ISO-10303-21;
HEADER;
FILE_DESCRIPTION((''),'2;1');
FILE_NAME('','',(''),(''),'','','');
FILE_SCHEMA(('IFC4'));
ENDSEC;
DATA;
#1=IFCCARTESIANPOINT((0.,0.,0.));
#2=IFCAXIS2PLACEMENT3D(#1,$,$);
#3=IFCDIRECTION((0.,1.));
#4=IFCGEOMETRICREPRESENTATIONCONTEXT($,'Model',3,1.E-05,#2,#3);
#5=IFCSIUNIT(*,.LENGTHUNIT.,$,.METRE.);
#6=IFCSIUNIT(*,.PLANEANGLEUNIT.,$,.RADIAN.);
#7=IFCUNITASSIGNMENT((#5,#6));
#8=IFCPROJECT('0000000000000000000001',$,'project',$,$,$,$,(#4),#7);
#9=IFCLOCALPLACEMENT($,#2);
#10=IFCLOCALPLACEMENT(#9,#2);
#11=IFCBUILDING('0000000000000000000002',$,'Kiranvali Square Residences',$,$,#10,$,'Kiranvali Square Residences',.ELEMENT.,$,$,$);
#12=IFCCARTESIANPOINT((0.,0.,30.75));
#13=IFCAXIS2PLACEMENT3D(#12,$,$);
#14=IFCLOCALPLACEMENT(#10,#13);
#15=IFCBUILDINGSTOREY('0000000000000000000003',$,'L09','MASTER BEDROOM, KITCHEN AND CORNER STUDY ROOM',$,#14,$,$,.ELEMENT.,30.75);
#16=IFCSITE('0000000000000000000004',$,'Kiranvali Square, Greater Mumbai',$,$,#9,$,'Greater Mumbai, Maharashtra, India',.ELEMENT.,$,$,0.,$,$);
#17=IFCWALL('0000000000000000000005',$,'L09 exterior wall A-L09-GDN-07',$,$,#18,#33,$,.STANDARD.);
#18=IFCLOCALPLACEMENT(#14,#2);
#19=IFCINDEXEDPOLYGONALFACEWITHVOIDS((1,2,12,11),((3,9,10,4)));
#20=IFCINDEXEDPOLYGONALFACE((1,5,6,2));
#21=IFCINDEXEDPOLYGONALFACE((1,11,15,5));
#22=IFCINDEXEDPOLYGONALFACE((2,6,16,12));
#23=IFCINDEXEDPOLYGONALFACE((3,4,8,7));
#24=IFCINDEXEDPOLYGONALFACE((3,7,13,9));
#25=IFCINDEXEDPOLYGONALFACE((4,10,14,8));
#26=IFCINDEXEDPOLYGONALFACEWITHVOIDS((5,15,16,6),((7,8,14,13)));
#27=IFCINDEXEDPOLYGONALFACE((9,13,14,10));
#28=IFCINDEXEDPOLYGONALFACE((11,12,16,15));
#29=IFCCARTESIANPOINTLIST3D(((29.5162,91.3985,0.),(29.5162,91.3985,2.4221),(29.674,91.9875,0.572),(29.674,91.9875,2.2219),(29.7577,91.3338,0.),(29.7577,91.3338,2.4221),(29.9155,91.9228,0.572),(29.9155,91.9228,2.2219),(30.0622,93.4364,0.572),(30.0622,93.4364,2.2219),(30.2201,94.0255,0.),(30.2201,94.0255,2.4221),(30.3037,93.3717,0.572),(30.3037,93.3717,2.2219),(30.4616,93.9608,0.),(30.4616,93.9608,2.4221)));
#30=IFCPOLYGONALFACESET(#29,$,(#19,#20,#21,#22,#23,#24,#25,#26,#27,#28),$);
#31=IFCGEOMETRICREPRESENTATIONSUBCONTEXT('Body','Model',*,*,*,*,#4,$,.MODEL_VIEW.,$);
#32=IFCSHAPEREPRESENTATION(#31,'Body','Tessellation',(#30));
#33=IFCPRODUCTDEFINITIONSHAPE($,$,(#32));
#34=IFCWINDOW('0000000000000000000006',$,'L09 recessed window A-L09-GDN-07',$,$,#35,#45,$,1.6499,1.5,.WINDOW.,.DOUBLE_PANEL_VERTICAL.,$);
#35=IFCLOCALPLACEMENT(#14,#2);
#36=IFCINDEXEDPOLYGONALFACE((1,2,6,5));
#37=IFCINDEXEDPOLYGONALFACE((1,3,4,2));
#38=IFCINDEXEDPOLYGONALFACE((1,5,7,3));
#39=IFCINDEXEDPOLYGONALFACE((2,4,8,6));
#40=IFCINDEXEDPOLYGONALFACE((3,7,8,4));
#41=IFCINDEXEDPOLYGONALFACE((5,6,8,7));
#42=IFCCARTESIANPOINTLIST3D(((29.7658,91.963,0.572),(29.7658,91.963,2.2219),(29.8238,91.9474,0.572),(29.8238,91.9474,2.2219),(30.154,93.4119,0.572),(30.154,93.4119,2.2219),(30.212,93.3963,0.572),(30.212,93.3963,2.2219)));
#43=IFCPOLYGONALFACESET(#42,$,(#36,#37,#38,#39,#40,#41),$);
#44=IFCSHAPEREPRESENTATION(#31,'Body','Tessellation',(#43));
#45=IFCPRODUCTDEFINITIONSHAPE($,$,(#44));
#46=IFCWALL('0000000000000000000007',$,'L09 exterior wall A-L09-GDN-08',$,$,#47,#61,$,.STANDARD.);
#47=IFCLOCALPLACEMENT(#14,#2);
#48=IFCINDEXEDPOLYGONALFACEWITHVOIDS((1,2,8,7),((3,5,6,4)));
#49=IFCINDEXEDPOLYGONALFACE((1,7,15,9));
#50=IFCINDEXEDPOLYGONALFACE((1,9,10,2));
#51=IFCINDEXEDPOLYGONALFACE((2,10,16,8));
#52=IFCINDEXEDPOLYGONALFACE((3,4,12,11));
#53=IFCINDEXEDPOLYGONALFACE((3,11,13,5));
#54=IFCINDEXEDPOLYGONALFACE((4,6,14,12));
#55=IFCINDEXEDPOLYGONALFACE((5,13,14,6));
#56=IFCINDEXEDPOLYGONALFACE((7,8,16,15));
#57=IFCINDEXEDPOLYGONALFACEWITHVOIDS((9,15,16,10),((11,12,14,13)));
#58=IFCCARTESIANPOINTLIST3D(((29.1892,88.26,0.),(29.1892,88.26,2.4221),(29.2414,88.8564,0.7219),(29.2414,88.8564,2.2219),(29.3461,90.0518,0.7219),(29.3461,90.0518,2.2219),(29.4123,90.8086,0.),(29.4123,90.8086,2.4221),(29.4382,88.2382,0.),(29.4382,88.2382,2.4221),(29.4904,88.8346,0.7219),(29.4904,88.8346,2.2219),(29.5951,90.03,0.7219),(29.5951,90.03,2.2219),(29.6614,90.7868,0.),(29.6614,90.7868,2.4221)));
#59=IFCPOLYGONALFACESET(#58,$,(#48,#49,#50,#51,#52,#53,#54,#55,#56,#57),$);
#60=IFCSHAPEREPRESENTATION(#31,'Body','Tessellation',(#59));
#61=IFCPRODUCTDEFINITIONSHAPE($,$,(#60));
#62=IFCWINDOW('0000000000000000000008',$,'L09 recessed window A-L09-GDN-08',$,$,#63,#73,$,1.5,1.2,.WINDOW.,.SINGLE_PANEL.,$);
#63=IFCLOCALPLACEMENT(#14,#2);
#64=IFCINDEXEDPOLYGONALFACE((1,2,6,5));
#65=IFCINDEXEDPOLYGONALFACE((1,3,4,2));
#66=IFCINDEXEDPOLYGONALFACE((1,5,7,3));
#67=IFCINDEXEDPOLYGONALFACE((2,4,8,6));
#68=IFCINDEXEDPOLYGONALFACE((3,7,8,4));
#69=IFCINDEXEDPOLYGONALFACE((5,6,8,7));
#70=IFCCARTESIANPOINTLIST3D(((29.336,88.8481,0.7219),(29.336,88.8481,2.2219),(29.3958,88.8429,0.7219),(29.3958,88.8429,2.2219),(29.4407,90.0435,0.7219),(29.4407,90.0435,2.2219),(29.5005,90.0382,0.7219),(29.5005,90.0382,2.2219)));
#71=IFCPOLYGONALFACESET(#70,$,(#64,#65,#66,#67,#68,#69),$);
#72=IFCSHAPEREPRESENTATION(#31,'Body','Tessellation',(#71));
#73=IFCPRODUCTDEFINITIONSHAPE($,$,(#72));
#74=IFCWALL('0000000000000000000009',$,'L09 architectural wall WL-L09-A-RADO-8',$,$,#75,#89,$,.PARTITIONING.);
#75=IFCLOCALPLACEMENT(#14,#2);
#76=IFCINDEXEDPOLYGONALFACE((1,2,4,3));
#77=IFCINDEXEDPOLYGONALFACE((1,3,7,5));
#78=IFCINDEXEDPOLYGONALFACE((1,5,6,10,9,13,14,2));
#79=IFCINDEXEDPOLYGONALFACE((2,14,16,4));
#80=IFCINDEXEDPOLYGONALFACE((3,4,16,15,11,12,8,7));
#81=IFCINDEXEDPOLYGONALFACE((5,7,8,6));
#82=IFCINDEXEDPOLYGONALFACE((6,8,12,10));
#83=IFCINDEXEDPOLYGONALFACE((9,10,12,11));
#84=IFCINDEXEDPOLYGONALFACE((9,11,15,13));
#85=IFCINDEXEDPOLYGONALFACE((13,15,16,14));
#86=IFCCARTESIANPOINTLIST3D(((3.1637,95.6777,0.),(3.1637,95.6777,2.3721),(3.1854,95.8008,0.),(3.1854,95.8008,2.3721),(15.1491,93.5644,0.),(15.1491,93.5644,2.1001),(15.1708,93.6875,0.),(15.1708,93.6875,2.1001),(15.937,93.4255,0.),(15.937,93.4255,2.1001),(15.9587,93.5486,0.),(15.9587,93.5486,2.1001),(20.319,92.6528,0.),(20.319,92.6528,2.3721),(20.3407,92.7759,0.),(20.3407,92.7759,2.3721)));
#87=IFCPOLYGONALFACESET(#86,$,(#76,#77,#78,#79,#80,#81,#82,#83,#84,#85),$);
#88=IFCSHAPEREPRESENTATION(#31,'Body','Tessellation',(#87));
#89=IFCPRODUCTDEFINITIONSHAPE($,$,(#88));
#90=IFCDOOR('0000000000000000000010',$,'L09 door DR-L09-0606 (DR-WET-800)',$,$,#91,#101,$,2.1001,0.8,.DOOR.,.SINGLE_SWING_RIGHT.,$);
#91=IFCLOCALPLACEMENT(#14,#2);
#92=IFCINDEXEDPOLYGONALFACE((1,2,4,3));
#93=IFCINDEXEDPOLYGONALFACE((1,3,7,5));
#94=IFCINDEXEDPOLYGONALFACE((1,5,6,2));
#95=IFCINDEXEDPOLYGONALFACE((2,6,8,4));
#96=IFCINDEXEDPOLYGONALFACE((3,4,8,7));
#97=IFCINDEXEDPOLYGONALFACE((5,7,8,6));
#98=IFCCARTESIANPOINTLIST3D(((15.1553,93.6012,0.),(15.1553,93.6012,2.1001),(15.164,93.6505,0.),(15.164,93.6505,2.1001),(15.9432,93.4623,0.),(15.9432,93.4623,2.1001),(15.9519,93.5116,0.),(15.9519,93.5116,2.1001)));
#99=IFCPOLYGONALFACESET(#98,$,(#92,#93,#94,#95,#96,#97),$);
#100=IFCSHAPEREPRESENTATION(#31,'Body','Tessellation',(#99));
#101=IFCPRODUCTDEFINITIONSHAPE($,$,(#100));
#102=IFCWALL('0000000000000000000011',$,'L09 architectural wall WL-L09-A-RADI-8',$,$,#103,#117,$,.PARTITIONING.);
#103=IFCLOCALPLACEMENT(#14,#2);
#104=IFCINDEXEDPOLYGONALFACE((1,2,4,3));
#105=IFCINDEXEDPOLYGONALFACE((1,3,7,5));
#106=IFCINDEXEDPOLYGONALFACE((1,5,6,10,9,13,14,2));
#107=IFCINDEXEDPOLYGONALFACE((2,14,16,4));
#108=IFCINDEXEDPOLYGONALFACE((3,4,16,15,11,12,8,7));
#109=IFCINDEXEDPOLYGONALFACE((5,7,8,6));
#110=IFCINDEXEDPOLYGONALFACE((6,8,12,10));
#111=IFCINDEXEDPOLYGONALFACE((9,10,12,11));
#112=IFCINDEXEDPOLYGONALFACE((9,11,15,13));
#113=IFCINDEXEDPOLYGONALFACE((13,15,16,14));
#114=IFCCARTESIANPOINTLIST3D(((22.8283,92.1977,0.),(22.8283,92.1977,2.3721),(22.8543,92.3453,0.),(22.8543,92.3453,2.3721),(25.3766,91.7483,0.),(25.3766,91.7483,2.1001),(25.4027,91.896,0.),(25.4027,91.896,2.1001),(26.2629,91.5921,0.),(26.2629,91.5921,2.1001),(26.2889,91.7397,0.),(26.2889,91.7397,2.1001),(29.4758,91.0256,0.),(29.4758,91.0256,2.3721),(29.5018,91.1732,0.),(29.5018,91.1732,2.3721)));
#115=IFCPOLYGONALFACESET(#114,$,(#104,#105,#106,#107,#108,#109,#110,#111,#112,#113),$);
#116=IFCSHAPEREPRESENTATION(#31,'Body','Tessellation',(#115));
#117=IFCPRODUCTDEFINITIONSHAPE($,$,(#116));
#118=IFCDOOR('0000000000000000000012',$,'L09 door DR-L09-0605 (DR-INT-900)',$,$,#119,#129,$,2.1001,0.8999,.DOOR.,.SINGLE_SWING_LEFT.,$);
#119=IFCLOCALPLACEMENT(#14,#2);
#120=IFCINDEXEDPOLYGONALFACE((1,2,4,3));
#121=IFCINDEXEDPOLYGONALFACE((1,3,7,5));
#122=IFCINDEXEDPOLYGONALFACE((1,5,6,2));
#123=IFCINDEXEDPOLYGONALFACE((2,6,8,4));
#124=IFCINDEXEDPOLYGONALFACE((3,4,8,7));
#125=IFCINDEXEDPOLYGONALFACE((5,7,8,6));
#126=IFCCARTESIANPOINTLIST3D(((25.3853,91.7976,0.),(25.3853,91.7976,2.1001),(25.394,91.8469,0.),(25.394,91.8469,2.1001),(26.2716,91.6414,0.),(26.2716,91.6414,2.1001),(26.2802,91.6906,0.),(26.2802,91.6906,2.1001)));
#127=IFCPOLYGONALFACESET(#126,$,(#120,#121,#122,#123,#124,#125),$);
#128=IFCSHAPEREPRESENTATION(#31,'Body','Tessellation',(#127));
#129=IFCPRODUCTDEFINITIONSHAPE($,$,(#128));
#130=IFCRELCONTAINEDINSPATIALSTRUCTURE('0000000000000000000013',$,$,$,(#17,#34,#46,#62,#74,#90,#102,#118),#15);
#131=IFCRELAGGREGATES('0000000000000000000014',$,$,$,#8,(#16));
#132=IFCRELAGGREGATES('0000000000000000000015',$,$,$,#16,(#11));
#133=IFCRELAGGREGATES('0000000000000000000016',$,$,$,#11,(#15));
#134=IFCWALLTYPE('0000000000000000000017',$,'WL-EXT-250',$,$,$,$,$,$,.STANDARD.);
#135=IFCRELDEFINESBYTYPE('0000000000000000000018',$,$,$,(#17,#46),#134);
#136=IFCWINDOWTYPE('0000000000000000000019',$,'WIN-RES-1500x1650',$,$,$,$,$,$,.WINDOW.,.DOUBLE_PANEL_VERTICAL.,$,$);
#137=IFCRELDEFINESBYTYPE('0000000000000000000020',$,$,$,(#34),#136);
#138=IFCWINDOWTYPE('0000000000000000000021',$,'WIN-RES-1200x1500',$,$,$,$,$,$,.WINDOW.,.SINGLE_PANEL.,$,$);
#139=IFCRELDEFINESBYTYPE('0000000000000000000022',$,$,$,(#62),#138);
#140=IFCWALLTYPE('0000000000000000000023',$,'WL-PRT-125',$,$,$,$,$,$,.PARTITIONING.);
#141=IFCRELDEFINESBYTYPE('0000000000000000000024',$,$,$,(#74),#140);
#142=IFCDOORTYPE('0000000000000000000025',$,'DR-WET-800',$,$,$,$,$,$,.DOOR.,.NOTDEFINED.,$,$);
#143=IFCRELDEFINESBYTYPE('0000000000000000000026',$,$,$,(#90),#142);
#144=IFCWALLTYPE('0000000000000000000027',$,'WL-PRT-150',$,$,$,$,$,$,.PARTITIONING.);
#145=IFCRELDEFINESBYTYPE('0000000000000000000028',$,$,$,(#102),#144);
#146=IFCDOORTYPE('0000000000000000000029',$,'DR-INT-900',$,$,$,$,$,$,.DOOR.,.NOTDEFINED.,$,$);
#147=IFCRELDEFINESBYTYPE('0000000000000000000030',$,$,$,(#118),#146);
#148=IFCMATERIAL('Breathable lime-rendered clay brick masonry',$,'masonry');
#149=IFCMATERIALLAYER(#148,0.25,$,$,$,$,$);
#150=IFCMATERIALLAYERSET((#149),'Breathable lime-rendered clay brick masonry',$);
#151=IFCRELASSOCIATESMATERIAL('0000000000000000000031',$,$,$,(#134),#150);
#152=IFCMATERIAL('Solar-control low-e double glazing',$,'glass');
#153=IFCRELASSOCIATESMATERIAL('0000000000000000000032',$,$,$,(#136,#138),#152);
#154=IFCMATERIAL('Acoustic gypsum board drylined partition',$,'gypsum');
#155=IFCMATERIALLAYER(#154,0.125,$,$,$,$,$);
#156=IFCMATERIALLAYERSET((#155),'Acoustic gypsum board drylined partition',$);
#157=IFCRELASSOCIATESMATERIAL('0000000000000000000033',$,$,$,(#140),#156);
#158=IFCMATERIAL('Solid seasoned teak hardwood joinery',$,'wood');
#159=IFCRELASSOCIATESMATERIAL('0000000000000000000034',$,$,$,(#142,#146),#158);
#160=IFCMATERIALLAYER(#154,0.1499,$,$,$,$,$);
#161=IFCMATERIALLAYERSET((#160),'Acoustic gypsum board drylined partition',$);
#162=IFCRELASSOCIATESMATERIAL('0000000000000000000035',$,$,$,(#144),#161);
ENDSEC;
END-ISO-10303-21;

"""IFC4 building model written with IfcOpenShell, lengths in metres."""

from ifc_helpers import new_model, si_unit, direction, frame, frame_2d, origin, place, context, subcontext, project, spatial, rectangle, extrude, material, layer, layer_set, type_object, element, fill, save


model = new_model("IFC4")

# Units and contexts
model_context = context("Model", 3, precision=1e-05, world=origin(), true_north=direction((0.0, 1.0)))
body_context = subcontext(model_context, "Body", "Model", "MODEL_VIEW")
ifc_project = project(units=[si_unit("LENGTHUNIT", "METRE"), si_unit("PLANEANGLEUNIT", "RADIAN")], contexts=[model_context])

# Site, building, storey
site_placement = place(None, origin())
site = spatial("IfcSite", under=ifc_project, at=site_placement, Name="Kiranvali Square, Greater Mumbai", LongName="Greater Mumbai, Maharashtra, India", CompositionType="ELEMENT", RefElevation=0.0)
building_placement = place(site_placement, origin())
building = spatial("IfcBuilding", under=site, at=building_placement, Name="Kiranvali Square Residences", LongName="Kiranvali Square Residences", CompositionType="ELEMENT")
storey_placement = place(building_placement, frame((0.0, 0.0, 30.75)))
storey = spatial("IfcBuildingStorey", under=building, at=storey_placement, Name="L09", Description="MASTER BEDROOM, KITCHEN AND CORNER STUDY ROOM", CompositionType="ELEMENT", Elevation=30.75)

# Walls, openings, windows
ifc_material_1 = material(Name="Breathable lime-rendered clay brick masonry", Category="masonry")
ifc_layer_1 = layer(ifc_material_1, 0.25)
ifc_layer_set_1 = layer_set([ifc_layer_1], Name="Breathable lime-rendered clay brick masonry")
wall_type_1 = type_object("IfcWallType", Name="WL-EXT-250", PredefinedType="STANDARD", material=ifc_layer_set_1)
wall_1_placement = place(storey_placement, frame((30.3408, 93.9932, 0.0), z_axis=(0.0, 0.0, 1.0), x_axis=(-0.258808, -0.965929, 0.0)))
wall_1 = element("IfcWall", 1, at=wall_1_placement, inside=storey, type_object=wall_type_1, Name="L09 exterior wall A-L09-GDN-07", PredefinedType="STANDARD", context=body_context, shape_type="SweptSolid", body=[
    extrude(rectangle(XDim=2.7197, YDim=0.25, at=frame_2d((1.3599, 0.0))), origin(), (0.0, 0.0, 1.0), 2.4221),
])
opening_1_placement = place(wall_1_placement, frame((0.6099, 0.0, 0.572)))
opening_1 = element("IfcOpeningElement", 2, at=opening_1_placement, cuts=wall_1, PredefinedType="OPENING", context=body_context, shape_type="SweptSolid", body=[
    extrude(rectangle(XDim=1.5, YDim=1.6499, at=frame_2d((0.75, 0.825))), frame((0.0, 0.135, 0.0), z_axis=(0.0, -1.0, 0.0), x_axis=(1.0, 0.0, 0.0)), (0.0, 0.0, 1.0), 0.27),
])
ifc_material_2 = material(Name="Solar-control low-e double glazing", Category="glass")
window_type_1 = type_object("IfcWindowType", Name="WIN-RES-1500x1650", PartitioningType="DOUBLE_PANEL_VERTICAL", PredefinedType="WINDOW", material=ifc_material_2)
window_1_placement = place(opening_1_placement, origin())
window_1 = element("IfcWindow", 3, at=window_1_placement, inside=storey, type_object=window_type_1, Name="L09 recessed window A-L09-GDN-07", OverallHeight=1.6499, OverallWidth=1.5, PartitioningType="DOUBLE_PANEL_VERTICAL", PredefinedType="WINDOW", context=body_context, shape_type="SweptSolid", body=[
    extrude(rectangle(XDim=1.5, YDim=1.6499, at=frame_2d((0.75, 0.825))), frame((0.0, 0.03, 0.0), z_axis=(0.0, -1.0, 0.0), x_axis=(1.0, 0.0, 0.0)), (0.0, 0.0, 1.0), 0.0601),
])
fill(opening_1, window_1)
wall_2_placement = place(storey_placement, frame((29.5369, 90.7979, 0.0), z_axis=(0.0, 0.0, 1.0), x_axis=(-0.087223, -0.996189, 0.0)))
wall_2 = element("IfcWall", 4, at=wall_2_placement, inside=storey, type_object=wall_type_1, Name="L09 exterior wall A-L09-GDN-08", PredefinedType="STANDARD", context=body_context, shape_type="SweptSolid", body=[
    extrude(rectangle(XDim=2.5583, YDim=0.25, at=frame_2d((1.2793, 0.0))), origin(), (0.0, 0.0, 1.0), 2.4221),
])
opening_2_placement = place(wall_2_placement, frame((0.7598, 0.0, 0.7219)))
opening_2 = element("IfcOpeningElement", 5, at=opening_2_placement, cuts=wall_2, PredefinedType="OPENING", context=body_context, shape_type="SweptSolid", body=[
    extrude(rectangle(XDim=1.2, YDim=1.5, at=frame_2d((0.6001, 0.75))), frame((0.0, 0.135, 0.0), z_axis=(0.0, -1.0, 0.0), x_axis=(1.0, 0.0, 0.0)), (0.0, 0.0, 1.0), 0.27),
])
window_type_2 = type_object("IfcWindowType", Name="WIN-RES-1200x1500", PartitioningType="SINGLE_PANEL", PredefinedType="WINDOW", material=ifc_material_2)
window_2_placement = place(opening_2_placement, origin())
window_2 = element("IfcWindow", 6, at=window_2_placement, inside=storey, type_object=window_type_2, Name="L09 recessed window A-L09-GDN-08", OverallHeight=1.5, OverallWidth=1.2, PartitioningType="SINGLE_PANEL", PredefinedType="WINDOW", context=body_context, shape_type="SweptSolid", body=[
    extrude(rectangle(XDim=1.2, YDim=1.5, at=frame_2d((0.6001, 0.75))), frame((0.0, 0.03, 0.0), z_axis=(0.0, -1.0, 0.0), x_axis=(1.0, 0.0, 0.0)), (0.0, 0.0, 1.0), 0.0601),
])
fill(opening_2, window_2)

# Walls, openings, doors
ifc_material_3 = material(Name="Acoustic gypsum board drylined partition", Category="gypsum")
ifc_layer_2 = layer(ifc_material_3, 0.125)
ifc_layer_set_2 = layer_set([ifc_layer_2], Name="Acoustic gypsum board drylined partition")
wall_type_2 = type_object("IfcWallType", Name="WL-PRT-125", PredefinedType="PARTITIONING", material=ifc_layer_set_2)
wall_3_placement = place(storey_placement, frame((20.3298, 92.7144, 0.0), z_axis=(0.0, 0.0, 1.0), x_axis=(-0.984808, 0.173646, 0.0)))
wall_3 = element("IfcWall", 7, at=wall_3_placement, inside=storey, type_object=wall_type_2, Name="L09 architectural wall WL-L09-A-RADO-8", PredefinedType="PARTITIONING", context=body_context, shape_type="SweptSolid", body=[
    extrude(rectangle(XDim=17.4199, YDim=0.125, at=frame_2d((8.71, 0.0))), origin(), (0.0, 0.0, 1.0), 2.3721),
])
opening_3_placement = place(wall_3_placement, frame((4.4497, 0.0, 0.0)))
opening_3 = element("IfcOpeningElement", 8, at=opening_3_placement, cuts=wall_3, PredefinedType="OPENING", context=body_context, shape_type="SweptSolid", body=[
    extrude(rectangle(XDim=0.8, YDim=2.1001, at=frame_2d((0.3999, 1.05))), frame((0.0, 0.0725, 0.0), z_axis=(0.0, -1.0, 0.0), x_axis=(1.0, 0.0, 0.0)), (0.0, 0.0, 1.0), 0.145),
])
ifc_material_4 = material(Name="Solid seasoned teak hardwood joinery", Category="wood")
door_type_1 = type_object("IfcDoorType", Name="DR-WET-800", OperationType="NOTDEFINED", PredefinedType="DOOR", material=ifc_material_4)
door_1_placement = place(opening_3_placement, frame((0.8, 0.0, 0.0), z_axis=(0.0, 0.0, 1.0), x_axis=(-1.0, 0.0, 0.0)))
door_1 = element("IfcDoor", 9, at=door_1_placement, inside=storey, type_object=door_type_1, Name="L09 door DR-L09-0606 (DR-WET-800)", OperationType="SINGLE_SWING_RIGHT", OverallHeight=2.1001, OverallWidth=0.8, PredefinedType="DOOR", context=body_context, shape_type="SweptSolid", body=[
    extrude(rectangle(XDim=0.8, YDim=2.1001, at=frame_2d((0.3999, 1.05))), frame((0.0, 0.0249, 0.0), z_axis=(0.0, -1.0, 0.0), x_axis=(1.0, 0.0, 0.0)), (0.0, 0.0, 1.0), 0.05),
])
fill(opening_3, door_1)
ifc_layer_3 = layer(ifc_material_3, 0.1499)
ifc_layer_set_3 = layer_set([ifc_layer_3], Name="Acoustic gypsum board drylined partition")
wall_type_3 = type_object("IfcWallType", Name="WL-PRT-150", PredefinedType="PARTITIONING", material=ifc_layer_set_3)
wall_4_placement = place(storey_placement, frame((29.4888, 91.0994, 0.0), z_axis=(0.0, 0.0, 1.0), x_axis=(-0.984808, 0.173647, 0.0)))
wall_4 = element("IfcWall", 10, at=wall_4_placement, inside=storey, type_object=wall_type_3, Name="L09 architectural wall WL-L09-A-RADI-8", PredefinedType="PARTITIONING", context=body_context, shape_type="SweptSolid", body=[
    extrude(rectangle(XDim=6.75, YDim=0.1499, at=frame_2d((3.375, 0.0))), origin(), (0.0, 0.0, 1.0), 2.3721),
])
opening_4_placement = place(wall_4_placement, frame((3.2625, 0.0, 0.0)))
opening_4 = element("IfcOpeningElement", 11, at=opening_4_placement, cuts=wall_4, PredefinedType="OPENING", context=body_context, shape_type="SweptSolid", body=[
    extrude(rectangle(XDim=0.8999, YDim=2.1001, at=frame_2d((0.45, 1.05))), frame((0.0, 0.085, 0.0), z_axis=(0.0, -1.0, 0.0), x_axis=(1.0, 0.0, 0.0)), (0.0, 0.0, 1.0), 0.1699),
])
door_type_2 = type_object("IfcDoorType", Name="DR-INT-900", OperationType="NOTDEFINED", PredefinedType="DOOR", material=ifc_material_4)
door_2_placement = place(opening_4_placement, origin())
door_2 = element("IfcDoor", 12, at=door_2_placement, inside=storey, type_object=door_type_2, Name="L09 door DR-L09-0605 (DR-INT-900)", OperationType="SINGLE_SWING_LEFT", OverallHeight=2.1001, OverallWidth=0.8999, PredefinedType="DOOR", context=body_context, shape_type="SweptSolid", body=[
    extrude(rectangle(XDim=0.8999, YDim=2.1001, at=frame_2d((0.45, 1.05))), frame((0.0, 0.0249, 0.0), z_axis=(0.0, -1.0, 0.0), x_axis=(1.0, 0.0, 0.0)), (0.0, 0.0, 1.0), 0.05),
])
fill(opening_4, door_2)

save(model, "model.ifc")
